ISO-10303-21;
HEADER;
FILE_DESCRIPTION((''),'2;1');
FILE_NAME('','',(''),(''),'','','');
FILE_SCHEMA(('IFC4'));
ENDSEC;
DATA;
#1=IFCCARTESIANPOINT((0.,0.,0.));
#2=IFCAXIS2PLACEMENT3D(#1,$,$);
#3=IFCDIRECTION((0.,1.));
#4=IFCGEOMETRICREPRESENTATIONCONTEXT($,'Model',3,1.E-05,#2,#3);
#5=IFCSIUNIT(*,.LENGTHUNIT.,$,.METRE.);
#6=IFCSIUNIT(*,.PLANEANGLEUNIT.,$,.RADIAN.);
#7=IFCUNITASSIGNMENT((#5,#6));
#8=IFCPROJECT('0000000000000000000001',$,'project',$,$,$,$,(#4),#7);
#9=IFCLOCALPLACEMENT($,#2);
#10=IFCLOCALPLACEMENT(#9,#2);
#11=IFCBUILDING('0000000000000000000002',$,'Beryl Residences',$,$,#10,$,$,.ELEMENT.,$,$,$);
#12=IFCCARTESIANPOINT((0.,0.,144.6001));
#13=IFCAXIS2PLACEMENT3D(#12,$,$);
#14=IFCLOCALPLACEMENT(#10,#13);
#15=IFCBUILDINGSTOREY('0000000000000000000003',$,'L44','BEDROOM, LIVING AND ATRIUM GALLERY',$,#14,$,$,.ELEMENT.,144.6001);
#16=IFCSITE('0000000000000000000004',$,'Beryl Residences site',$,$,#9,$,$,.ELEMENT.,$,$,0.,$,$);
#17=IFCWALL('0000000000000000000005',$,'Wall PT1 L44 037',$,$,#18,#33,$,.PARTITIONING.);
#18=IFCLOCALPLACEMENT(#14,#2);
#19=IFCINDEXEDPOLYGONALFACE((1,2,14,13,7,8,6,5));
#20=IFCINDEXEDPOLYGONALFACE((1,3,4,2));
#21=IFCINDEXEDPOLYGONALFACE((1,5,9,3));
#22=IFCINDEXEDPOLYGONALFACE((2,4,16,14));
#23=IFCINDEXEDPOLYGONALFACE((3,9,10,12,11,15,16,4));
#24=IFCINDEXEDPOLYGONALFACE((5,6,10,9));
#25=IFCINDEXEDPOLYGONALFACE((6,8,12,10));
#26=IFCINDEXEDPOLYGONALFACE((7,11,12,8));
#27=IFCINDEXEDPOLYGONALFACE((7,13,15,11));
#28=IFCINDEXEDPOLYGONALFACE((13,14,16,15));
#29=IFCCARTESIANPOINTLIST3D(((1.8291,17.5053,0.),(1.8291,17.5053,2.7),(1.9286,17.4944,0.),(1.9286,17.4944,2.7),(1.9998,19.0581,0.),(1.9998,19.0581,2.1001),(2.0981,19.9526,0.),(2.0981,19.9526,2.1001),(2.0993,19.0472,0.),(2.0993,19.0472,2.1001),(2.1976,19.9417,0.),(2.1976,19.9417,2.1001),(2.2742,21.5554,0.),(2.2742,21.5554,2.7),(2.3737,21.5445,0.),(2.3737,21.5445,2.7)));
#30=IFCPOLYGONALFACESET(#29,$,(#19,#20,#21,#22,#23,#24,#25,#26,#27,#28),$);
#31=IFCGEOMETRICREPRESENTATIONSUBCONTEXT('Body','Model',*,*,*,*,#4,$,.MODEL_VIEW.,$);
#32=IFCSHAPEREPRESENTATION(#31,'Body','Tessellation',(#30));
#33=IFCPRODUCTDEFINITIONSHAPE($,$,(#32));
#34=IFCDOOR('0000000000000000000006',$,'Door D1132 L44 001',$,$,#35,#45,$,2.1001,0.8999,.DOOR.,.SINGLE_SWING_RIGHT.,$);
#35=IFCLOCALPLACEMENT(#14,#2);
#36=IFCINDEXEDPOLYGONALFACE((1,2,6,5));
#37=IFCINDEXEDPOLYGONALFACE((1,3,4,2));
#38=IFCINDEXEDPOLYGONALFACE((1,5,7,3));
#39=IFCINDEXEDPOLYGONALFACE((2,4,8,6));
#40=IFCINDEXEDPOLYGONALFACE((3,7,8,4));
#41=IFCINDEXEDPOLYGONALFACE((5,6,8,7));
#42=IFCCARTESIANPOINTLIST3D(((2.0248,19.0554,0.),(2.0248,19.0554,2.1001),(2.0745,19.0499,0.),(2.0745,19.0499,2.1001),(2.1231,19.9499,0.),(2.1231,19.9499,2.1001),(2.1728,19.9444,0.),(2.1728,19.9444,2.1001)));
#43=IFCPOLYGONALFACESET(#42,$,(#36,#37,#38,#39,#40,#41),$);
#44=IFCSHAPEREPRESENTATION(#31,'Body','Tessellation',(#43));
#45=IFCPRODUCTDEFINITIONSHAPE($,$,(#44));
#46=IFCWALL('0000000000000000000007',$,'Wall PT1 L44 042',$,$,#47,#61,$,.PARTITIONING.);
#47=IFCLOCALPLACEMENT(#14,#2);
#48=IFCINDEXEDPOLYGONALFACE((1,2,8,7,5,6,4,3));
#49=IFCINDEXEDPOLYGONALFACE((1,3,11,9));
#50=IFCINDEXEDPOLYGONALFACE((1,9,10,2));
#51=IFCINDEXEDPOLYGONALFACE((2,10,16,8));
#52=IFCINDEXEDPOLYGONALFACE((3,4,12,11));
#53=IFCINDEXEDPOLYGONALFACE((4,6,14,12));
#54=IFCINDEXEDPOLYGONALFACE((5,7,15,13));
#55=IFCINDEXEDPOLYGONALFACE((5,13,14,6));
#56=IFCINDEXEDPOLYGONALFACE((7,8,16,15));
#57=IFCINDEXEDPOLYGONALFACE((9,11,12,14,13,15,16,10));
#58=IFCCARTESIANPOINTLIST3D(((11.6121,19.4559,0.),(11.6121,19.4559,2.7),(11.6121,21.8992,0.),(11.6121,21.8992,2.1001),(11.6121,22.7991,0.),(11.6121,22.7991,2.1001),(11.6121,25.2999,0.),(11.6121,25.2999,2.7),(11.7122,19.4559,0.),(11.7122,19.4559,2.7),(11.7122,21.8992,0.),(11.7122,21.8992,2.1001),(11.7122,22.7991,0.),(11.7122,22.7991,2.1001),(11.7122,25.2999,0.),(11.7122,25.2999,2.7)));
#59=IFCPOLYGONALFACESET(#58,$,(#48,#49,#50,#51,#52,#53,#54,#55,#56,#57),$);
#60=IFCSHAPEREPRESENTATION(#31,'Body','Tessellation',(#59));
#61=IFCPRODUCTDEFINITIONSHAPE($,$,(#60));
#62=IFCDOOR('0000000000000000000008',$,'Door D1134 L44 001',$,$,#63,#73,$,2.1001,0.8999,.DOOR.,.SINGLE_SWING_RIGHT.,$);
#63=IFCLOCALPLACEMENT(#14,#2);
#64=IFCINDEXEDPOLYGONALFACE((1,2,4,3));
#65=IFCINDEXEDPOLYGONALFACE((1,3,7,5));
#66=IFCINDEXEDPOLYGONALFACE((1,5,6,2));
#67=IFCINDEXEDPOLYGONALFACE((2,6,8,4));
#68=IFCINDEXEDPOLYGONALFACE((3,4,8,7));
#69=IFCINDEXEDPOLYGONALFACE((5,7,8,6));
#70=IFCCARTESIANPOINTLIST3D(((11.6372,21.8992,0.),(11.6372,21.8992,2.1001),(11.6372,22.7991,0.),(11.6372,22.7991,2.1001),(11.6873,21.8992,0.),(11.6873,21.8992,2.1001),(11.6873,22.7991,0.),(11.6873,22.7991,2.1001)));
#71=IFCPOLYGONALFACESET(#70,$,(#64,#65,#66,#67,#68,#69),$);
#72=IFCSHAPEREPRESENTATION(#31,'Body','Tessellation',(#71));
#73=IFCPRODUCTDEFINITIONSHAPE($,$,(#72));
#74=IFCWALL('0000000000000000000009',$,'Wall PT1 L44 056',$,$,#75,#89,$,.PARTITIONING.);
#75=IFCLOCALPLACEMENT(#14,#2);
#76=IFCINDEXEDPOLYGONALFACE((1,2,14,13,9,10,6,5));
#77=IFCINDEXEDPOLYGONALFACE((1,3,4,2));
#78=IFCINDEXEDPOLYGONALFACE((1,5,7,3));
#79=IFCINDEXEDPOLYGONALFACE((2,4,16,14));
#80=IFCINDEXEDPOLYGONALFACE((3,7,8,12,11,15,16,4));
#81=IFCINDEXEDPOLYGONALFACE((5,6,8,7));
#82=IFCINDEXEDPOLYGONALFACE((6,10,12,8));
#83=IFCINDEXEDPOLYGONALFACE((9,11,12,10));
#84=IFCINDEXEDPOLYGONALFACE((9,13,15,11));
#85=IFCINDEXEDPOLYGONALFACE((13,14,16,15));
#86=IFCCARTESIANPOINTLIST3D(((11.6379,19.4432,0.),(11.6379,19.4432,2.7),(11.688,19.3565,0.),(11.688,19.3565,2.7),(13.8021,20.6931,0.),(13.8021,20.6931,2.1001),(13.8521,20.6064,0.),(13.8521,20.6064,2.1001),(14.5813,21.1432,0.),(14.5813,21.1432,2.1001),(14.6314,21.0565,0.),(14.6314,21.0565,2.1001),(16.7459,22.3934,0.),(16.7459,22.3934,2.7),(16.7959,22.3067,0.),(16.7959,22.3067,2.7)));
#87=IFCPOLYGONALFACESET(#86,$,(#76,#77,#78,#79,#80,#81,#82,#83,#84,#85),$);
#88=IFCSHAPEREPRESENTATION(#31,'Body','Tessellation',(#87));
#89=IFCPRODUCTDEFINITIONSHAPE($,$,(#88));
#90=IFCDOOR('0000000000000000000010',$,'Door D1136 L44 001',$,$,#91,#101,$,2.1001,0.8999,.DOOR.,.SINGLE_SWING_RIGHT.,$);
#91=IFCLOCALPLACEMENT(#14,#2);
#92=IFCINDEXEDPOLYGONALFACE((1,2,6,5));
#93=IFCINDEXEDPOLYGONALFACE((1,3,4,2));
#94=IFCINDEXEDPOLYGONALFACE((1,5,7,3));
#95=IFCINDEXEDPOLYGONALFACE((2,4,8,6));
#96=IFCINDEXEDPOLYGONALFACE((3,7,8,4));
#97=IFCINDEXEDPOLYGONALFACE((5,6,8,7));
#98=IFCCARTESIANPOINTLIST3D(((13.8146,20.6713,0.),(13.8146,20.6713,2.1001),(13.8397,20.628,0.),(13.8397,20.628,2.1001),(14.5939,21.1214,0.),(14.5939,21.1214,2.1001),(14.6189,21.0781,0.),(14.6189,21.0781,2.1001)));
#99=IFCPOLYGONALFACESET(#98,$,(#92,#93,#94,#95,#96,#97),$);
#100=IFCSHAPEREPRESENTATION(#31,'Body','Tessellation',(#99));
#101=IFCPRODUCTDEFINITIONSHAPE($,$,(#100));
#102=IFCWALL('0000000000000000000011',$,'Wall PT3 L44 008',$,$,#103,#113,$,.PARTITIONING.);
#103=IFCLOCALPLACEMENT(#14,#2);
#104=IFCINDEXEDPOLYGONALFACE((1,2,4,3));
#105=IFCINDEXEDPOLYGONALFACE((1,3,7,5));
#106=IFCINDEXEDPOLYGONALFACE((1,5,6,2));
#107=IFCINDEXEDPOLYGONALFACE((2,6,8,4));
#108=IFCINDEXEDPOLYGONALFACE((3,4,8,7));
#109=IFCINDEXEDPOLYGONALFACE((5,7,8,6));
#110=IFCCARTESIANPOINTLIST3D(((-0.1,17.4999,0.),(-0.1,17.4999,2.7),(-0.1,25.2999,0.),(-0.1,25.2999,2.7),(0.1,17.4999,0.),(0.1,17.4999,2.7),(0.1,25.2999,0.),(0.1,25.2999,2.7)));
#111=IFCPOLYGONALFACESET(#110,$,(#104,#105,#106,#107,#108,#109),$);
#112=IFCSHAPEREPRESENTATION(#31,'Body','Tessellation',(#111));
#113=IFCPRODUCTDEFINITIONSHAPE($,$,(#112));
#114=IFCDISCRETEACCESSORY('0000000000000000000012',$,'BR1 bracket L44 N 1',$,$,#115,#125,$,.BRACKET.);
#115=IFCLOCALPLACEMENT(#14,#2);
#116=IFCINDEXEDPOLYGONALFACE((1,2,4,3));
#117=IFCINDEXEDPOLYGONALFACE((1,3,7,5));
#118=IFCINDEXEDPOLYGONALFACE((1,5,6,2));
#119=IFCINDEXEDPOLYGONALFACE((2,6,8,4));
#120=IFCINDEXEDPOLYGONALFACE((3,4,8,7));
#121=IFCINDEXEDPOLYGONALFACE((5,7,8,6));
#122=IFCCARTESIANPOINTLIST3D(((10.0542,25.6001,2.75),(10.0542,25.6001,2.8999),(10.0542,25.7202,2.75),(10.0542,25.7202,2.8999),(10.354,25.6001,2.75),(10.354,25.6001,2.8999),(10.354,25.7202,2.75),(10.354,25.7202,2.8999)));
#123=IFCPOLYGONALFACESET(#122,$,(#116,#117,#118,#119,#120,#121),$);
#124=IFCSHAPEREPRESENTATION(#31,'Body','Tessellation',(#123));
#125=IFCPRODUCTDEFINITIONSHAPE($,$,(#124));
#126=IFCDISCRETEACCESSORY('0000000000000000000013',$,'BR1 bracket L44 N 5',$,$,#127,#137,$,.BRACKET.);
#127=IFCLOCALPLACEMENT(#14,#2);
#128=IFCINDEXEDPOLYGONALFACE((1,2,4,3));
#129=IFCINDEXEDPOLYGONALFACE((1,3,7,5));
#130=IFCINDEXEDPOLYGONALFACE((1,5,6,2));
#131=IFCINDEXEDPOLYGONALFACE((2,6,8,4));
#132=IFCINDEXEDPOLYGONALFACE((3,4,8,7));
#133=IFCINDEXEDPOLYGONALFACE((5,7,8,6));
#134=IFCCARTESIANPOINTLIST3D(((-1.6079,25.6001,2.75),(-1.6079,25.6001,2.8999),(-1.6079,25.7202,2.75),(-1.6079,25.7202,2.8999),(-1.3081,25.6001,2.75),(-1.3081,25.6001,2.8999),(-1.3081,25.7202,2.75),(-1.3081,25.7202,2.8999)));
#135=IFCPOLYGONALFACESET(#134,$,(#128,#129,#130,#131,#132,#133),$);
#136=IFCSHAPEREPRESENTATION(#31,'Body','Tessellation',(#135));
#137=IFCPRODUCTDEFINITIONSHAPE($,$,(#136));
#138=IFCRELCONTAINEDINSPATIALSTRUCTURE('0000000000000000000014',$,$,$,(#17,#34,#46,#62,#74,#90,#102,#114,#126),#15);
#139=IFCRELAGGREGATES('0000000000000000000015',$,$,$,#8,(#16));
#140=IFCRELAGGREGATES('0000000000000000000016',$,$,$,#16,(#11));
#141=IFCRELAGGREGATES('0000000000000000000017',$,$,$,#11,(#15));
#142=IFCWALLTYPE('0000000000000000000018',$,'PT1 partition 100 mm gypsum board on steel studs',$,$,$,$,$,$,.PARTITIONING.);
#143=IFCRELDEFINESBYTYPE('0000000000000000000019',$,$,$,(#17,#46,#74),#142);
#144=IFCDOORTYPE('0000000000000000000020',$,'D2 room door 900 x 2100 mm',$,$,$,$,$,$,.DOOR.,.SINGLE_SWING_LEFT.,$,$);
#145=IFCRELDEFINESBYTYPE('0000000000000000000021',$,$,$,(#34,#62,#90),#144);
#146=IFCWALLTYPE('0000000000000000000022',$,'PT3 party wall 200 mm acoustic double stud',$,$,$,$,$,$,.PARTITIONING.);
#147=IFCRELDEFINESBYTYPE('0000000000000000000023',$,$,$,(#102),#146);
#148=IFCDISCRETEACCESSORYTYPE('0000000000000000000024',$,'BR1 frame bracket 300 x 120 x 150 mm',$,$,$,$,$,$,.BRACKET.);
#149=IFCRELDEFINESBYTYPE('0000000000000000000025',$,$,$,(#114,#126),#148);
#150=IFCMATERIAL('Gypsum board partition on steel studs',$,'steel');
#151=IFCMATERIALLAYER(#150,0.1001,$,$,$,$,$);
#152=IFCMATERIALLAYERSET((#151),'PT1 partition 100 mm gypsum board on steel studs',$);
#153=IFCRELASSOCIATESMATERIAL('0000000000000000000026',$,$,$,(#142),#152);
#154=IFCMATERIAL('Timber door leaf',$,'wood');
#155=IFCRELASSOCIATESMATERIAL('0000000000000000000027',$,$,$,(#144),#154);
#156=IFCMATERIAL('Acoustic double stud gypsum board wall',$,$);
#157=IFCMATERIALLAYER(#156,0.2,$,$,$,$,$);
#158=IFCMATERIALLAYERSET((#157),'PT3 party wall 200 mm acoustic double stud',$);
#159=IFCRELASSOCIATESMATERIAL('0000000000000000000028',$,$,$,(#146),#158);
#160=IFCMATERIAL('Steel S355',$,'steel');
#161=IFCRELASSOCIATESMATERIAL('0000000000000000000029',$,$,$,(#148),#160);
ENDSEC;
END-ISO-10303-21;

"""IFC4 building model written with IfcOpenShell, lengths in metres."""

from ifc_helpers import new_model, si_unit, direction, frame, frame_2d, origin, place, context, subcontext, project, spatial, polyline, rectangle, outline, extrude, source, transform, mapped, material, layer, layer_set, type_object, type_shapes, element, fill, save


model = new_model("IFC4")

# Units and contexts
model_context = context("Model", 3, precision=1e-05, world=origin(), true_north=direction((0.0, 1.0)))
body_context = subcontext(model_context, "Body", "Model", "MODEL_VIEW")
ifc_project = project(units=[si_unit("LENGTHUNIT", "METRE"), si_unit("PLANEANGLEUNIT", "RADIAN")], contexts=[model_context])

# Site, building, storey
site_placement = place(None, origin())
site = spatial("IfcSite", under=ifc_project, at=site_placement, Name="Beryl Residences site", CompositionType="ELEMENT", RefElevation=0.0)
building_placement = place(site_placement, origin())
building = spatial("IfcBuilding", under=site, at=building_placement, Name="Beryl Residences", CompositionType="ELEMENT")
storey_placement = place(building_placement, frame((0.0, 0.0, 144.6001)))
storey = spatial("IfcBuildingStorey", under=building, at=storey_placement, Name="L44", Description="BEDROOM, LIVING AND ATRIUM GALLERY", CompositionType="ELEMENT", Elevation=144.6001)

# Shared definitions
ifc_material_1 = material(Name="Gypsum board partition on steel studs", Category="steel")
ifc_layer_1 = layer(ifc_material_1, 0.1001)
ifc_layer_set_1 = layer_set([ifc_layer_1], Name="PT1 partition 100 mm gypsum board on steel studs")
wall_type_1 = type_object("IfcWallType", Name="PT1 partition 100 mm gypsum board on steel studs", PredefinedType="PARTITIONING", material=ifc_layer_set_1)

# Walls, openings, doors
ifc_material_2 = material(Name="Timber door leaf", Category="wood")
door_type_1 = type_object("IfcDoorType", Name="D2 room door 900 x 2100 mm", OperationType="SINGLE_SWING_LEFT", PredefinedType="DOOR", material=ifc_material_2)
wall_1_placement = place(storey_placement, frame((1.8789, 17.5, 0.0), z_axis=(0.0, 0.0, 1.0), x_axis=(0.109235, 0.994016, 0.0)))
wall_1 = element("IfcWall", 1, at=wall_1_placement, inside=storey, type_object=wall_type_1, Name="Wall PT1 L44 037", PredefinedType="PARTITIONING", context=body_context, shape_type="SweptSolid", body=[
    extrude(rectangle(XDim=4.0745, YDim=0.1001, at=frame_2d((2.0371, 0.0))), origin(), (0.0, 0.0, 1.0), 2.7),
])
opening_1_placement = place(wall_1_placement, frame((1.562, 0.0, 0.0)))
opening_1 = element("IfcOpeningElement", 2, at=opening_1_placement, cuts=wall_1, PredefinedType="OPENING", context=body_context, shape_type="SweptSolid", body=[
    extrude(rectangle(XDim=0.8999, YDim=2.1001, at=frame_2d((0.45, 1.05))), frame((0.0, 0.0601, 0.0), z_axis=(0.0, -1.0, 0.0), x_axis=(1.0, 0.0, 0.0)), (0.0, 0.0, 1.0), 0.1201),
])
door_1_placement = place(opening_1_placement, origin())
door_1 = element("IfcDoor", 3, at=door_1_placement, inside=storey, type_object=door_type_1, Name="Door D1132 L44 001", OperationType="SINGLE_SWING_RIGHT", OverallHeight=2.1001, OverallWidth=0.8999, PredefinedType="DOOR", context=body_context, shape_type="SweptSolid", body=[
    extrude(rectangle(XDim=0.8999, YDim=2.1001, at=frame_2d((0.45, 1.05))), frame((0.0, 0.0249, 0.0), z_axis=(0.0, -1.0, 0.0), x_axis=(1.0, 0.0, 0.0)), (0.0, 0.0, 1.0), 0.05),
])
fill(opening_1, door_1)
wall_2_placement = place(storey_placement, frame((11.6621, 19.4561, 0.0), z_axis=(0.0, 0.0, 1.0), x_axis=(0.0, 1.0, 0.0)))
wall_2 = element("IfcWall", 4, at=wall_2_placement, inside=storey, type_object=wall_type_1, Name="Wall PT1 L44 042", PredefinedType="PARTITIONING", context=body_context, shape_type="SweptSolid", body=[
    extrude(rectangle(XDim=5.844, YDim=0.1001, at=frame_2d((2.9219, 0.0))), origin(), (0.0, 0.0, 1.0), 2.7),
])
opening_2_placement = place(wall_2_placement, frame((2.4431, 0.0, 0.0)))
opening_2 = element("IfcOpeningElement", 5, at=opening_2_placement, cuts=wall_2, PredefinedType="OPENING", context=body_context, shape_type="SweptSolid", body=[
    extrude(rectangle(XDim=0.8999, YDim=2.1001, at=frame_2d((0.45, 1.05))), frame((0.0, 0.0601, 0.0), z_axis=(0.0, -1.0, 0.0), x_axis=(1.0, 0.0, 0.0)), (0.0, 0.0, 1.0), 0.1201),
])
door_2_placement = place(opening_2_placement, origin())
door_2 = element("IfcDoor", 6, at=door_2_placement, inside=storey, type_object=door_type_1, Name="Door D1134 L44 001", OperationType="SINGLE_SWING_RIGHT", OverallHeight=2.1001, OverallWidth=0.8999, PredefinedType="DOOR", context=body_context, shape_type="SweptSolid", body=[
    extrude(rectangle(XDim=0.8999, YDim=2.1001, at=frame_2d((0.45, 1.05))), frame((0.0, 0.0249, 0.0), z_axis=(0.0, -1.0, 0.0), x_axis=(1.0, 0.0, 0.0)), (0.0, 0.0, 1.0), 0.05),
])
fill(opening_2, door_2)
wall_3_placement = place(storey_placement, frame((11.6631, 19.3999, 0.0), z_axis=(0.0, 0.0, 1.0), x_axis=(0.865942, 0.500145, 0.0)))
wall_3 = element("IfcWall", 7, at=wall_3_placement, inside=storey, type_object=wall_type_1, Name="Wall PT1 L44 056", PredefinedType="PARTITIONING", context=body_context, shape_type="SweptSolid", body=[
    extrude(rectangle(XDim=5.8987, YDim=0.1001, at=frame_2d((2.9492, 0.0))), origin(), (0.0, 0.0, 1.0), 2.7),
])
opening_3_placement = place(wall_3_placement, frame((2.499, 0.0, 0.0)))
opening_3 = element("IfcOpeningElement", 8, at=opening_3_placement, cuts=wall_3, PredefinedType="OPENING", context=body_context, shape_type="SweptSolid", body=[
    extrude(rectangle(XDim=0.8999, YDim=2.1001, at=frame_2d((0.45, 1.05))), frame((0.0, 0.0601, 0.0), z_axis=(0.0, -1.0, 0.0), x_axis=(1.0, 0.0, 0.0)), (0.0, 0.0, 1.0), 0.1201),
])
door_3_placement = place(opening_3_placement, origin())
door_3 = element("IfcDoor", 9, at=door_3_placement, inside=storey, type_object=door_type_1, Name="Door D1136 L44 001", OperationType="SINGLE_SWING_RIGHT", OverallHeight=2.1001, OverallWidth=0.8999, PredefinedType="DOOR", context=body_context, shape_type="SweptSolid", body=[
    extrude(rectangle(XDim=0.8999, YDim=2.1001, at=frame_2d((0.45, 1.05))), frame((0.0, 0.0249, 0.0), z_axis=(0.0, -1.0, 0.0), x_axis=(1.0, 0.0, 0.0)), (0.0, 0.0, 1.0), 0.05),
])
fill(opening_3, door_3)

# Wall
ifc_material_3 = material(Name="Acoustic double stud gypsum board wall")
ifc_layer_2 = layer(ifc_material_3, 0.2)
ifc_layer_set_2 = layer_set([ifc_layer_2], Name="PT3 party wall 200 mm acoustic double stud")
wall_type_2 = type_object("IfcWallType", Name="PT3 party wall 200 mm acoustic double stud", PredefinedType="PARTITIONING", material=ifc_layer_set_2)
wall_4_placement = place(storey_placement, frame((0.0, 17.5, 0.0), z_axis=(0.0, 0.0, 1.0), x_axis=(0.0, 1.0, 0.0)))
element("IfcWall", 10, at=wall_4_placement, inside=storey, type_object=wall_type_2, Name="Wall PT3 L44 008", PredefinedType="PARTITIONING", context=body_context, shape_type="SweptSolid", body=[
    extrude(rectangle(XDim=7.8, YDim=0.2, at=frame_2d((3.8999, 0.0))), origin(), (0.0, 0.0, 1.0), 2.7),
])

# Discrete accessories
ifc_material_4 = material(Name="Steel S355", Category="steel")
discrete_accessory_type = type_object("IfcDiscreteAccessoryType", Name="BR1 frame bracket 300 x 120 x 150 mm", PredefinedType="BRACKET", material=ifc_material_4)
shared_shape_1 = source(origin(), body_context, "Body", "SweptSolid", [
    extrude(outline(polyline([(-0.1499, 0.0), (0.1499, 0.0), (0.1499, 0.1201), (-0.1499, 0.1201), (-0.1499, 0.0)])), origin(), (0.0, 0.0, 1.0), 0.1499),
])
type_shapes(discrete_accessory_type, [shared_shape_1])
for number, where, z_axis, x_axis, name in (
    (11, (10.2041, 25.6001, 2.75), (0.0, 0.0, 1.0), (1.0, 0.0, 0.0), "BR1 bracket L44 N 1"),
    (12, (-1.458, 25.6001, 2.75), (0.0, 0.0, 1.0), (1.0, 0.0, 0.0), "BR1 bracket L44 N 5"),
):
    element("IfcDiscreteAccessory", number, at=place(storey_placement, frame(where, z_axis=z_axis, x_axis=x_axis)), inside=storey, type_object=discrete_accessory_type, Name=name, PredefinedType="BRACKET", context=body_context, shape_type="MappedRepresentation", body=[
        mapped(shared_shape_1, transform((0.0, 0.0, 0.0))),
    ])

save(model, "model.ifc")
